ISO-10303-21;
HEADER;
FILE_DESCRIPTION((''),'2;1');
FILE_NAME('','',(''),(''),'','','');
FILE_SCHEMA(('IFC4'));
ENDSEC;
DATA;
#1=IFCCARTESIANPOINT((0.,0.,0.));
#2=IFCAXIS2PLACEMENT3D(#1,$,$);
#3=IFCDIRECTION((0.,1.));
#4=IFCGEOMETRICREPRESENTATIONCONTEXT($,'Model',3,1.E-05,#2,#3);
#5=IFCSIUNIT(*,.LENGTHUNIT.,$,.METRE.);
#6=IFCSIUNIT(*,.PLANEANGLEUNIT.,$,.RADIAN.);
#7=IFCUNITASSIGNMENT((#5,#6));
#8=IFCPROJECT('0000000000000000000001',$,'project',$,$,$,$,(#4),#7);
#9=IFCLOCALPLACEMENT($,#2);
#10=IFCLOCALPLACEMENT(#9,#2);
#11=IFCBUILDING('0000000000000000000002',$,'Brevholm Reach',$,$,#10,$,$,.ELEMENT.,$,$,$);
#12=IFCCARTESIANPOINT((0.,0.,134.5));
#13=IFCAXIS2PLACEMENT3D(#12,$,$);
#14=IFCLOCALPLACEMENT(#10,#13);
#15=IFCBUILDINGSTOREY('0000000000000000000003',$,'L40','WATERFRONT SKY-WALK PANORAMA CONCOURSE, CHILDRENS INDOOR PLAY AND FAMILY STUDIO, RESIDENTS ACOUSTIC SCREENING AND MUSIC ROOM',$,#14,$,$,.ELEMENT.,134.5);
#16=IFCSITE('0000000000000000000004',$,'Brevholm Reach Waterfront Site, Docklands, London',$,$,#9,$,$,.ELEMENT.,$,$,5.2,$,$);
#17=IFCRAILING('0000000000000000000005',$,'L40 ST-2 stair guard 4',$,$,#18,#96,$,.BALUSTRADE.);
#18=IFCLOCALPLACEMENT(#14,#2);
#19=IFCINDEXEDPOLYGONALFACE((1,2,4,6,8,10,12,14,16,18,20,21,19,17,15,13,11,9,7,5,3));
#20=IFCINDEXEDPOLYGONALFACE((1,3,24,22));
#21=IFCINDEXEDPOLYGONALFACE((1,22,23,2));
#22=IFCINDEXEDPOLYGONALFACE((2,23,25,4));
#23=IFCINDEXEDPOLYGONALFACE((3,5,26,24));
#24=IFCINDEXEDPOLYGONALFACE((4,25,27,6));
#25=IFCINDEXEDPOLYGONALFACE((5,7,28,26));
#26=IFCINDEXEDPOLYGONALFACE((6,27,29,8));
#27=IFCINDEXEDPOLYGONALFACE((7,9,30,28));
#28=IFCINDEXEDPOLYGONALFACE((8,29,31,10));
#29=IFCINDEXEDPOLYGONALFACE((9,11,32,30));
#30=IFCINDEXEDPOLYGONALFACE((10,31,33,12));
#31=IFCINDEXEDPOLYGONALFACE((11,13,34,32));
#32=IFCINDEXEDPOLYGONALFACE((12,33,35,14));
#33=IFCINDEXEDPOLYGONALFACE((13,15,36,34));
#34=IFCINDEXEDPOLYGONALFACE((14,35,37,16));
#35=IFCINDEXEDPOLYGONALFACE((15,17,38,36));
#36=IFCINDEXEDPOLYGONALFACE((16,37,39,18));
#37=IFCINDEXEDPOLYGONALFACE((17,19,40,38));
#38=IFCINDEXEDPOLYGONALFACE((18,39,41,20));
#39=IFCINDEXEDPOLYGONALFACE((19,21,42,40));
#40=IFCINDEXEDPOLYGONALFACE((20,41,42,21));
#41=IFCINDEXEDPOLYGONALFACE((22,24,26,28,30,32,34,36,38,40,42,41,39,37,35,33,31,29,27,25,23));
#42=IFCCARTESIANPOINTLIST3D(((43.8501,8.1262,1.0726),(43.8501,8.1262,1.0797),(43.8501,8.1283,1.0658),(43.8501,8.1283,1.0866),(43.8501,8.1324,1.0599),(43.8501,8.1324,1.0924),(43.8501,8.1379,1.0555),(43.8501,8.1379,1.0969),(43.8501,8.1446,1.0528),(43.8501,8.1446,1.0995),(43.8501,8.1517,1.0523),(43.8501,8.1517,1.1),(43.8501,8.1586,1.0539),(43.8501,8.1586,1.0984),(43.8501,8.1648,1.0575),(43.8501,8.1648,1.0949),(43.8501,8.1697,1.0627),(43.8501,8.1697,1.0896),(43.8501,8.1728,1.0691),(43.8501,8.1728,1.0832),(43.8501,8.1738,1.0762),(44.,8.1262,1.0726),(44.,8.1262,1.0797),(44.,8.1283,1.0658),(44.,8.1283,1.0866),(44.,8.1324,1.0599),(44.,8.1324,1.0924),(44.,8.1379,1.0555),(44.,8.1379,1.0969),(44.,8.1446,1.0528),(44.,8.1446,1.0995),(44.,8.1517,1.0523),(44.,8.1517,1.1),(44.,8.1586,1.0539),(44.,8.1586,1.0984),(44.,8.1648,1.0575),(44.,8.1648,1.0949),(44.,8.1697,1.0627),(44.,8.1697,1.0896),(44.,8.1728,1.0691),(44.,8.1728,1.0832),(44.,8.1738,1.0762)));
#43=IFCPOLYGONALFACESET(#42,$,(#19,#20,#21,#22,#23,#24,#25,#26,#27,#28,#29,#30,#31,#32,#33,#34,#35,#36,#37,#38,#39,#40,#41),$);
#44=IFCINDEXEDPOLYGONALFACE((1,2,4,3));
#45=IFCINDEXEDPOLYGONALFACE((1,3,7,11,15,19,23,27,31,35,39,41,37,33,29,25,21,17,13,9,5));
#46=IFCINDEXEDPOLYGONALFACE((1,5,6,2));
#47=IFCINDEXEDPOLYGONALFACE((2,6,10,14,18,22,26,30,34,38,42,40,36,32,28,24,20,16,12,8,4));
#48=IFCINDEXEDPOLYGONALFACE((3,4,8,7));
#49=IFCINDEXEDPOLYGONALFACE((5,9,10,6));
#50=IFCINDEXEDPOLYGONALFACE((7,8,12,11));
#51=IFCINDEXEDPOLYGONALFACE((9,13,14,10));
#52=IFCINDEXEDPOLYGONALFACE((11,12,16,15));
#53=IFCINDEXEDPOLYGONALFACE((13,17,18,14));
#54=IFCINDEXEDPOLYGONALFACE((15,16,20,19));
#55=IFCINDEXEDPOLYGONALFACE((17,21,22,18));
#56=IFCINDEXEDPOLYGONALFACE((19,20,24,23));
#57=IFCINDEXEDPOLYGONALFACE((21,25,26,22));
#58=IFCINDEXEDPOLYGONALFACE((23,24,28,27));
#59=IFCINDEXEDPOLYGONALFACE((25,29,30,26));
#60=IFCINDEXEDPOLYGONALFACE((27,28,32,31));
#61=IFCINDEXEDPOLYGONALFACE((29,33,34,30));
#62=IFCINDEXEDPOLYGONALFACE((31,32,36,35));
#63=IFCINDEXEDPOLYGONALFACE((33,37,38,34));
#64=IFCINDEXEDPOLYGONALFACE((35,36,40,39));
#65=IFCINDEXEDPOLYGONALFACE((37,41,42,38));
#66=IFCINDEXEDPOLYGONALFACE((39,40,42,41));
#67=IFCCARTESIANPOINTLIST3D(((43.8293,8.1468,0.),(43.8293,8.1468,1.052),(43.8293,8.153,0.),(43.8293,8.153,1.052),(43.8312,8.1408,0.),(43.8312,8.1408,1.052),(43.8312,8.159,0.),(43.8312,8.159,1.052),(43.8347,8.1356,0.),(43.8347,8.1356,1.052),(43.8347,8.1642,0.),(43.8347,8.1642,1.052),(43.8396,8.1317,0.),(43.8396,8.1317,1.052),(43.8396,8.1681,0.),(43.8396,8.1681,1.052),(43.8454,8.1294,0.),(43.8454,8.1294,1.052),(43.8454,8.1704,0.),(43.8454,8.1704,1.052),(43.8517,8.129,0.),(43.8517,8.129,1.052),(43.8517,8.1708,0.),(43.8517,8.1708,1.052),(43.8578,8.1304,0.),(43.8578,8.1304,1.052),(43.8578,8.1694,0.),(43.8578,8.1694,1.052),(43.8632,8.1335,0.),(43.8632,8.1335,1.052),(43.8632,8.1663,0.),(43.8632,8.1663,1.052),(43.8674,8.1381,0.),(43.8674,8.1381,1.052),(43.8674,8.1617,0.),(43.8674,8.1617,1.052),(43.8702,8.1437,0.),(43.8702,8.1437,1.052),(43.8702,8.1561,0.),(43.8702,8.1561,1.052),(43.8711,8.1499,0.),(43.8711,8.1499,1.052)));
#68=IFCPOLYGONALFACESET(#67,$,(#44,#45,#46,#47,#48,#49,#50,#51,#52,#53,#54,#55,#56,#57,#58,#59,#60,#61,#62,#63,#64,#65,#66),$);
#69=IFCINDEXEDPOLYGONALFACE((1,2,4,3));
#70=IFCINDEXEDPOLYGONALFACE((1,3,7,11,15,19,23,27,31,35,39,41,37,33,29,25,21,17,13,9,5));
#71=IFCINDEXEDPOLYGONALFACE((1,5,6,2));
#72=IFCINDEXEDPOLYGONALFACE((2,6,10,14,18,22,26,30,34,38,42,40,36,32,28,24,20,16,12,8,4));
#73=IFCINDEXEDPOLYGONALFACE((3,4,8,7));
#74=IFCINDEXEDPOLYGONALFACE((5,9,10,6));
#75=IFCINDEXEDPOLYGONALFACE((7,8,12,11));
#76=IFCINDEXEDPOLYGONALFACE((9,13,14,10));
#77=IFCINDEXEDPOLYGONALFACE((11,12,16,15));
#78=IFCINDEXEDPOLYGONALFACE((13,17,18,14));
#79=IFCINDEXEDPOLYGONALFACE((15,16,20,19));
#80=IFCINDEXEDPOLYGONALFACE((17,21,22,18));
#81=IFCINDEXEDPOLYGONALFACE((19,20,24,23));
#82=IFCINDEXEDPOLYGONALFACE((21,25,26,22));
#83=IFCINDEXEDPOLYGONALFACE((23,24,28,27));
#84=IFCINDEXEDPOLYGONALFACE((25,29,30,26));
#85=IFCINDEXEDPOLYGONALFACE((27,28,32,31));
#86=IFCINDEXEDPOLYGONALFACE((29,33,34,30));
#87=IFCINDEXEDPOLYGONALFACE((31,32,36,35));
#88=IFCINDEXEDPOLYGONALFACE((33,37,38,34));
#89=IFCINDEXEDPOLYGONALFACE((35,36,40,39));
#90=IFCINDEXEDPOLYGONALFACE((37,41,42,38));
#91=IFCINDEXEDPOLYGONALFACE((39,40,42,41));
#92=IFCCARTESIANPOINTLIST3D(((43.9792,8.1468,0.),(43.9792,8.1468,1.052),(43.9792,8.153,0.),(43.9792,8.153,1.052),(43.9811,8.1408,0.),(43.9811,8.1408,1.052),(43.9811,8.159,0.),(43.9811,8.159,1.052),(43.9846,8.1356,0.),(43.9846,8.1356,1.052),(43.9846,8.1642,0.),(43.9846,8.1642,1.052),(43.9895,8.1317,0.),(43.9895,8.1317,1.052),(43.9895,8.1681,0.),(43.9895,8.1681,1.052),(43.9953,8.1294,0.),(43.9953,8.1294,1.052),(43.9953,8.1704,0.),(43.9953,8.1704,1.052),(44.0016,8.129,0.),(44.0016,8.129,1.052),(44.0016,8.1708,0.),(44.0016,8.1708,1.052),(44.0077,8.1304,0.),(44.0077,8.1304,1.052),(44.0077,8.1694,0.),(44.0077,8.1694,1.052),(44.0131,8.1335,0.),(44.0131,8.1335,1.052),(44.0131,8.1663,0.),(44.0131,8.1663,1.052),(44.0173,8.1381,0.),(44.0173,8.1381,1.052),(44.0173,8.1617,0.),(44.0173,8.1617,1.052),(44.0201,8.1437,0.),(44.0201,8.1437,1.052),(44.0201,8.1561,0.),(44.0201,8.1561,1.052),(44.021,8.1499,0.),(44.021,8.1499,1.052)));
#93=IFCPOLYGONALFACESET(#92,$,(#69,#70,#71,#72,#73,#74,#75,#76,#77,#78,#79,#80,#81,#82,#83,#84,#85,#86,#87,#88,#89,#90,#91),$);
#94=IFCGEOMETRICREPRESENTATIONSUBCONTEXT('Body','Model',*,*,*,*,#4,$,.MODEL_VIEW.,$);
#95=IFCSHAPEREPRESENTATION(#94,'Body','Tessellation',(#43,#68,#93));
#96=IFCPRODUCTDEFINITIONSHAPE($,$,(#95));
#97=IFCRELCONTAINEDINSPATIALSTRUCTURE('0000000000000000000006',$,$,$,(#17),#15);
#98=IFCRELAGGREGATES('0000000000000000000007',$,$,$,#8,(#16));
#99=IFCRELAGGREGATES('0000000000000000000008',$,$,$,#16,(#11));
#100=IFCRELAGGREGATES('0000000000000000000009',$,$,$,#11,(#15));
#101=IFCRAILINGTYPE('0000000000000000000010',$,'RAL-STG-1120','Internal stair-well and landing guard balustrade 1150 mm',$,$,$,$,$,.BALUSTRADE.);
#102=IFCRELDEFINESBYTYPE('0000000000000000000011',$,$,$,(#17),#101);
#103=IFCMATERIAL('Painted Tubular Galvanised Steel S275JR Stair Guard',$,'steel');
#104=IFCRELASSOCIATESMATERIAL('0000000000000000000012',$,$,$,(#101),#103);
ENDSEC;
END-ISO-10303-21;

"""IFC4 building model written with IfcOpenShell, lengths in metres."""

from ifc_helpers import new_model, si_unit, direction, frame, origin, origin_2d, place, context, subcontext, project, spatial, circle, extrude, material, type_object, element, save


model = new_model("IFC4")

# Units and contexts
model_context = context("Model", 3, precision=1e-05, world=origin(), true_north=direction((0.0, 1.0)))
body_context = subcontext(model_context, "Body", "Model", "MODEL_VIEW")
ifc_project = project(units=[si_unit("LENGTHUNIT", "METRE"), si_unit("PLANEANGLEUNIT", "RADIAN")], contexts=[model_context])

# Site, building, storey
site_placement = place(None, origin())
site = spatial("IfcSite", under=ifc_project, at=site_placement, Name="Brevholm Reach Waterfront Site, Docklands, London", CompositionType="ELEMENT", RefElevation=5.2)
building_placement = place(site_placement, origin())
building = spatial("IfcBuilding", under=site, at=building_placement, Name="Brevholm Reach", CompositionType="ELEMENT")
storey_placement = place(building_placement, frame((0.0, 0.0, 134.5)))
storey = spatial("IfcBuildingStorey", under=building, at=storey_placement, Name="L40", Description="WATERFRONT SKY-WALK PANORAMA CONCOURSE, CHILDRENS INDOOR PLAY AND FAMILY STUDIO, RESIDENTS ACOUSTIC SCREENING AND MUSIC ROOM", CompositionType="ELEMENT", Elevation=134.5)

# Railing
ifc_material_1 = material(Name="Painted Tubular Galvanised Steel S275JR Stair Guard", Category="steel")
railing_type_1 = type_object("IfcRailingType", Name="RAL-STG-1120", Description="Internal stair-well and landing guard balustrade 1150 mm", PredefinedType="BALUSTRADE", material=ifc_material_1)
railing_1_placement = place(storey_placement, frame((43.8501, 8.1499, 0.0)))
element("IfcRailing", 1, at=railing_1_placement, inside=storey, type_object=railing_type_1, Name="L40 ST-2 stair guard 4", PredefinedType="BALUSTRADE", context=body_context, shape_type="SweptSolid", body=[
    extrude(circle(Radius=0.0239, at=origin_2d()), frame((0.0, 0.0, 1.0762), z_axis=(1.0, 0.0, 0.0), x_axis=(0.0, 1.0, 0.0)), (0.0, 0.0, 1.0), 0.1499),
    extrude(circle(Radius=0.021, at=origin_2d()), origin(), (0.0, 0.0, 1.0), 1.052),
    extrude(circle(Radius=0.021, at=origin_2d()), frame((0.1499, 0.0, 0.0)), (0.0, 0.0, 1.0), 1.052),
])

save(model, "model.ifc")
